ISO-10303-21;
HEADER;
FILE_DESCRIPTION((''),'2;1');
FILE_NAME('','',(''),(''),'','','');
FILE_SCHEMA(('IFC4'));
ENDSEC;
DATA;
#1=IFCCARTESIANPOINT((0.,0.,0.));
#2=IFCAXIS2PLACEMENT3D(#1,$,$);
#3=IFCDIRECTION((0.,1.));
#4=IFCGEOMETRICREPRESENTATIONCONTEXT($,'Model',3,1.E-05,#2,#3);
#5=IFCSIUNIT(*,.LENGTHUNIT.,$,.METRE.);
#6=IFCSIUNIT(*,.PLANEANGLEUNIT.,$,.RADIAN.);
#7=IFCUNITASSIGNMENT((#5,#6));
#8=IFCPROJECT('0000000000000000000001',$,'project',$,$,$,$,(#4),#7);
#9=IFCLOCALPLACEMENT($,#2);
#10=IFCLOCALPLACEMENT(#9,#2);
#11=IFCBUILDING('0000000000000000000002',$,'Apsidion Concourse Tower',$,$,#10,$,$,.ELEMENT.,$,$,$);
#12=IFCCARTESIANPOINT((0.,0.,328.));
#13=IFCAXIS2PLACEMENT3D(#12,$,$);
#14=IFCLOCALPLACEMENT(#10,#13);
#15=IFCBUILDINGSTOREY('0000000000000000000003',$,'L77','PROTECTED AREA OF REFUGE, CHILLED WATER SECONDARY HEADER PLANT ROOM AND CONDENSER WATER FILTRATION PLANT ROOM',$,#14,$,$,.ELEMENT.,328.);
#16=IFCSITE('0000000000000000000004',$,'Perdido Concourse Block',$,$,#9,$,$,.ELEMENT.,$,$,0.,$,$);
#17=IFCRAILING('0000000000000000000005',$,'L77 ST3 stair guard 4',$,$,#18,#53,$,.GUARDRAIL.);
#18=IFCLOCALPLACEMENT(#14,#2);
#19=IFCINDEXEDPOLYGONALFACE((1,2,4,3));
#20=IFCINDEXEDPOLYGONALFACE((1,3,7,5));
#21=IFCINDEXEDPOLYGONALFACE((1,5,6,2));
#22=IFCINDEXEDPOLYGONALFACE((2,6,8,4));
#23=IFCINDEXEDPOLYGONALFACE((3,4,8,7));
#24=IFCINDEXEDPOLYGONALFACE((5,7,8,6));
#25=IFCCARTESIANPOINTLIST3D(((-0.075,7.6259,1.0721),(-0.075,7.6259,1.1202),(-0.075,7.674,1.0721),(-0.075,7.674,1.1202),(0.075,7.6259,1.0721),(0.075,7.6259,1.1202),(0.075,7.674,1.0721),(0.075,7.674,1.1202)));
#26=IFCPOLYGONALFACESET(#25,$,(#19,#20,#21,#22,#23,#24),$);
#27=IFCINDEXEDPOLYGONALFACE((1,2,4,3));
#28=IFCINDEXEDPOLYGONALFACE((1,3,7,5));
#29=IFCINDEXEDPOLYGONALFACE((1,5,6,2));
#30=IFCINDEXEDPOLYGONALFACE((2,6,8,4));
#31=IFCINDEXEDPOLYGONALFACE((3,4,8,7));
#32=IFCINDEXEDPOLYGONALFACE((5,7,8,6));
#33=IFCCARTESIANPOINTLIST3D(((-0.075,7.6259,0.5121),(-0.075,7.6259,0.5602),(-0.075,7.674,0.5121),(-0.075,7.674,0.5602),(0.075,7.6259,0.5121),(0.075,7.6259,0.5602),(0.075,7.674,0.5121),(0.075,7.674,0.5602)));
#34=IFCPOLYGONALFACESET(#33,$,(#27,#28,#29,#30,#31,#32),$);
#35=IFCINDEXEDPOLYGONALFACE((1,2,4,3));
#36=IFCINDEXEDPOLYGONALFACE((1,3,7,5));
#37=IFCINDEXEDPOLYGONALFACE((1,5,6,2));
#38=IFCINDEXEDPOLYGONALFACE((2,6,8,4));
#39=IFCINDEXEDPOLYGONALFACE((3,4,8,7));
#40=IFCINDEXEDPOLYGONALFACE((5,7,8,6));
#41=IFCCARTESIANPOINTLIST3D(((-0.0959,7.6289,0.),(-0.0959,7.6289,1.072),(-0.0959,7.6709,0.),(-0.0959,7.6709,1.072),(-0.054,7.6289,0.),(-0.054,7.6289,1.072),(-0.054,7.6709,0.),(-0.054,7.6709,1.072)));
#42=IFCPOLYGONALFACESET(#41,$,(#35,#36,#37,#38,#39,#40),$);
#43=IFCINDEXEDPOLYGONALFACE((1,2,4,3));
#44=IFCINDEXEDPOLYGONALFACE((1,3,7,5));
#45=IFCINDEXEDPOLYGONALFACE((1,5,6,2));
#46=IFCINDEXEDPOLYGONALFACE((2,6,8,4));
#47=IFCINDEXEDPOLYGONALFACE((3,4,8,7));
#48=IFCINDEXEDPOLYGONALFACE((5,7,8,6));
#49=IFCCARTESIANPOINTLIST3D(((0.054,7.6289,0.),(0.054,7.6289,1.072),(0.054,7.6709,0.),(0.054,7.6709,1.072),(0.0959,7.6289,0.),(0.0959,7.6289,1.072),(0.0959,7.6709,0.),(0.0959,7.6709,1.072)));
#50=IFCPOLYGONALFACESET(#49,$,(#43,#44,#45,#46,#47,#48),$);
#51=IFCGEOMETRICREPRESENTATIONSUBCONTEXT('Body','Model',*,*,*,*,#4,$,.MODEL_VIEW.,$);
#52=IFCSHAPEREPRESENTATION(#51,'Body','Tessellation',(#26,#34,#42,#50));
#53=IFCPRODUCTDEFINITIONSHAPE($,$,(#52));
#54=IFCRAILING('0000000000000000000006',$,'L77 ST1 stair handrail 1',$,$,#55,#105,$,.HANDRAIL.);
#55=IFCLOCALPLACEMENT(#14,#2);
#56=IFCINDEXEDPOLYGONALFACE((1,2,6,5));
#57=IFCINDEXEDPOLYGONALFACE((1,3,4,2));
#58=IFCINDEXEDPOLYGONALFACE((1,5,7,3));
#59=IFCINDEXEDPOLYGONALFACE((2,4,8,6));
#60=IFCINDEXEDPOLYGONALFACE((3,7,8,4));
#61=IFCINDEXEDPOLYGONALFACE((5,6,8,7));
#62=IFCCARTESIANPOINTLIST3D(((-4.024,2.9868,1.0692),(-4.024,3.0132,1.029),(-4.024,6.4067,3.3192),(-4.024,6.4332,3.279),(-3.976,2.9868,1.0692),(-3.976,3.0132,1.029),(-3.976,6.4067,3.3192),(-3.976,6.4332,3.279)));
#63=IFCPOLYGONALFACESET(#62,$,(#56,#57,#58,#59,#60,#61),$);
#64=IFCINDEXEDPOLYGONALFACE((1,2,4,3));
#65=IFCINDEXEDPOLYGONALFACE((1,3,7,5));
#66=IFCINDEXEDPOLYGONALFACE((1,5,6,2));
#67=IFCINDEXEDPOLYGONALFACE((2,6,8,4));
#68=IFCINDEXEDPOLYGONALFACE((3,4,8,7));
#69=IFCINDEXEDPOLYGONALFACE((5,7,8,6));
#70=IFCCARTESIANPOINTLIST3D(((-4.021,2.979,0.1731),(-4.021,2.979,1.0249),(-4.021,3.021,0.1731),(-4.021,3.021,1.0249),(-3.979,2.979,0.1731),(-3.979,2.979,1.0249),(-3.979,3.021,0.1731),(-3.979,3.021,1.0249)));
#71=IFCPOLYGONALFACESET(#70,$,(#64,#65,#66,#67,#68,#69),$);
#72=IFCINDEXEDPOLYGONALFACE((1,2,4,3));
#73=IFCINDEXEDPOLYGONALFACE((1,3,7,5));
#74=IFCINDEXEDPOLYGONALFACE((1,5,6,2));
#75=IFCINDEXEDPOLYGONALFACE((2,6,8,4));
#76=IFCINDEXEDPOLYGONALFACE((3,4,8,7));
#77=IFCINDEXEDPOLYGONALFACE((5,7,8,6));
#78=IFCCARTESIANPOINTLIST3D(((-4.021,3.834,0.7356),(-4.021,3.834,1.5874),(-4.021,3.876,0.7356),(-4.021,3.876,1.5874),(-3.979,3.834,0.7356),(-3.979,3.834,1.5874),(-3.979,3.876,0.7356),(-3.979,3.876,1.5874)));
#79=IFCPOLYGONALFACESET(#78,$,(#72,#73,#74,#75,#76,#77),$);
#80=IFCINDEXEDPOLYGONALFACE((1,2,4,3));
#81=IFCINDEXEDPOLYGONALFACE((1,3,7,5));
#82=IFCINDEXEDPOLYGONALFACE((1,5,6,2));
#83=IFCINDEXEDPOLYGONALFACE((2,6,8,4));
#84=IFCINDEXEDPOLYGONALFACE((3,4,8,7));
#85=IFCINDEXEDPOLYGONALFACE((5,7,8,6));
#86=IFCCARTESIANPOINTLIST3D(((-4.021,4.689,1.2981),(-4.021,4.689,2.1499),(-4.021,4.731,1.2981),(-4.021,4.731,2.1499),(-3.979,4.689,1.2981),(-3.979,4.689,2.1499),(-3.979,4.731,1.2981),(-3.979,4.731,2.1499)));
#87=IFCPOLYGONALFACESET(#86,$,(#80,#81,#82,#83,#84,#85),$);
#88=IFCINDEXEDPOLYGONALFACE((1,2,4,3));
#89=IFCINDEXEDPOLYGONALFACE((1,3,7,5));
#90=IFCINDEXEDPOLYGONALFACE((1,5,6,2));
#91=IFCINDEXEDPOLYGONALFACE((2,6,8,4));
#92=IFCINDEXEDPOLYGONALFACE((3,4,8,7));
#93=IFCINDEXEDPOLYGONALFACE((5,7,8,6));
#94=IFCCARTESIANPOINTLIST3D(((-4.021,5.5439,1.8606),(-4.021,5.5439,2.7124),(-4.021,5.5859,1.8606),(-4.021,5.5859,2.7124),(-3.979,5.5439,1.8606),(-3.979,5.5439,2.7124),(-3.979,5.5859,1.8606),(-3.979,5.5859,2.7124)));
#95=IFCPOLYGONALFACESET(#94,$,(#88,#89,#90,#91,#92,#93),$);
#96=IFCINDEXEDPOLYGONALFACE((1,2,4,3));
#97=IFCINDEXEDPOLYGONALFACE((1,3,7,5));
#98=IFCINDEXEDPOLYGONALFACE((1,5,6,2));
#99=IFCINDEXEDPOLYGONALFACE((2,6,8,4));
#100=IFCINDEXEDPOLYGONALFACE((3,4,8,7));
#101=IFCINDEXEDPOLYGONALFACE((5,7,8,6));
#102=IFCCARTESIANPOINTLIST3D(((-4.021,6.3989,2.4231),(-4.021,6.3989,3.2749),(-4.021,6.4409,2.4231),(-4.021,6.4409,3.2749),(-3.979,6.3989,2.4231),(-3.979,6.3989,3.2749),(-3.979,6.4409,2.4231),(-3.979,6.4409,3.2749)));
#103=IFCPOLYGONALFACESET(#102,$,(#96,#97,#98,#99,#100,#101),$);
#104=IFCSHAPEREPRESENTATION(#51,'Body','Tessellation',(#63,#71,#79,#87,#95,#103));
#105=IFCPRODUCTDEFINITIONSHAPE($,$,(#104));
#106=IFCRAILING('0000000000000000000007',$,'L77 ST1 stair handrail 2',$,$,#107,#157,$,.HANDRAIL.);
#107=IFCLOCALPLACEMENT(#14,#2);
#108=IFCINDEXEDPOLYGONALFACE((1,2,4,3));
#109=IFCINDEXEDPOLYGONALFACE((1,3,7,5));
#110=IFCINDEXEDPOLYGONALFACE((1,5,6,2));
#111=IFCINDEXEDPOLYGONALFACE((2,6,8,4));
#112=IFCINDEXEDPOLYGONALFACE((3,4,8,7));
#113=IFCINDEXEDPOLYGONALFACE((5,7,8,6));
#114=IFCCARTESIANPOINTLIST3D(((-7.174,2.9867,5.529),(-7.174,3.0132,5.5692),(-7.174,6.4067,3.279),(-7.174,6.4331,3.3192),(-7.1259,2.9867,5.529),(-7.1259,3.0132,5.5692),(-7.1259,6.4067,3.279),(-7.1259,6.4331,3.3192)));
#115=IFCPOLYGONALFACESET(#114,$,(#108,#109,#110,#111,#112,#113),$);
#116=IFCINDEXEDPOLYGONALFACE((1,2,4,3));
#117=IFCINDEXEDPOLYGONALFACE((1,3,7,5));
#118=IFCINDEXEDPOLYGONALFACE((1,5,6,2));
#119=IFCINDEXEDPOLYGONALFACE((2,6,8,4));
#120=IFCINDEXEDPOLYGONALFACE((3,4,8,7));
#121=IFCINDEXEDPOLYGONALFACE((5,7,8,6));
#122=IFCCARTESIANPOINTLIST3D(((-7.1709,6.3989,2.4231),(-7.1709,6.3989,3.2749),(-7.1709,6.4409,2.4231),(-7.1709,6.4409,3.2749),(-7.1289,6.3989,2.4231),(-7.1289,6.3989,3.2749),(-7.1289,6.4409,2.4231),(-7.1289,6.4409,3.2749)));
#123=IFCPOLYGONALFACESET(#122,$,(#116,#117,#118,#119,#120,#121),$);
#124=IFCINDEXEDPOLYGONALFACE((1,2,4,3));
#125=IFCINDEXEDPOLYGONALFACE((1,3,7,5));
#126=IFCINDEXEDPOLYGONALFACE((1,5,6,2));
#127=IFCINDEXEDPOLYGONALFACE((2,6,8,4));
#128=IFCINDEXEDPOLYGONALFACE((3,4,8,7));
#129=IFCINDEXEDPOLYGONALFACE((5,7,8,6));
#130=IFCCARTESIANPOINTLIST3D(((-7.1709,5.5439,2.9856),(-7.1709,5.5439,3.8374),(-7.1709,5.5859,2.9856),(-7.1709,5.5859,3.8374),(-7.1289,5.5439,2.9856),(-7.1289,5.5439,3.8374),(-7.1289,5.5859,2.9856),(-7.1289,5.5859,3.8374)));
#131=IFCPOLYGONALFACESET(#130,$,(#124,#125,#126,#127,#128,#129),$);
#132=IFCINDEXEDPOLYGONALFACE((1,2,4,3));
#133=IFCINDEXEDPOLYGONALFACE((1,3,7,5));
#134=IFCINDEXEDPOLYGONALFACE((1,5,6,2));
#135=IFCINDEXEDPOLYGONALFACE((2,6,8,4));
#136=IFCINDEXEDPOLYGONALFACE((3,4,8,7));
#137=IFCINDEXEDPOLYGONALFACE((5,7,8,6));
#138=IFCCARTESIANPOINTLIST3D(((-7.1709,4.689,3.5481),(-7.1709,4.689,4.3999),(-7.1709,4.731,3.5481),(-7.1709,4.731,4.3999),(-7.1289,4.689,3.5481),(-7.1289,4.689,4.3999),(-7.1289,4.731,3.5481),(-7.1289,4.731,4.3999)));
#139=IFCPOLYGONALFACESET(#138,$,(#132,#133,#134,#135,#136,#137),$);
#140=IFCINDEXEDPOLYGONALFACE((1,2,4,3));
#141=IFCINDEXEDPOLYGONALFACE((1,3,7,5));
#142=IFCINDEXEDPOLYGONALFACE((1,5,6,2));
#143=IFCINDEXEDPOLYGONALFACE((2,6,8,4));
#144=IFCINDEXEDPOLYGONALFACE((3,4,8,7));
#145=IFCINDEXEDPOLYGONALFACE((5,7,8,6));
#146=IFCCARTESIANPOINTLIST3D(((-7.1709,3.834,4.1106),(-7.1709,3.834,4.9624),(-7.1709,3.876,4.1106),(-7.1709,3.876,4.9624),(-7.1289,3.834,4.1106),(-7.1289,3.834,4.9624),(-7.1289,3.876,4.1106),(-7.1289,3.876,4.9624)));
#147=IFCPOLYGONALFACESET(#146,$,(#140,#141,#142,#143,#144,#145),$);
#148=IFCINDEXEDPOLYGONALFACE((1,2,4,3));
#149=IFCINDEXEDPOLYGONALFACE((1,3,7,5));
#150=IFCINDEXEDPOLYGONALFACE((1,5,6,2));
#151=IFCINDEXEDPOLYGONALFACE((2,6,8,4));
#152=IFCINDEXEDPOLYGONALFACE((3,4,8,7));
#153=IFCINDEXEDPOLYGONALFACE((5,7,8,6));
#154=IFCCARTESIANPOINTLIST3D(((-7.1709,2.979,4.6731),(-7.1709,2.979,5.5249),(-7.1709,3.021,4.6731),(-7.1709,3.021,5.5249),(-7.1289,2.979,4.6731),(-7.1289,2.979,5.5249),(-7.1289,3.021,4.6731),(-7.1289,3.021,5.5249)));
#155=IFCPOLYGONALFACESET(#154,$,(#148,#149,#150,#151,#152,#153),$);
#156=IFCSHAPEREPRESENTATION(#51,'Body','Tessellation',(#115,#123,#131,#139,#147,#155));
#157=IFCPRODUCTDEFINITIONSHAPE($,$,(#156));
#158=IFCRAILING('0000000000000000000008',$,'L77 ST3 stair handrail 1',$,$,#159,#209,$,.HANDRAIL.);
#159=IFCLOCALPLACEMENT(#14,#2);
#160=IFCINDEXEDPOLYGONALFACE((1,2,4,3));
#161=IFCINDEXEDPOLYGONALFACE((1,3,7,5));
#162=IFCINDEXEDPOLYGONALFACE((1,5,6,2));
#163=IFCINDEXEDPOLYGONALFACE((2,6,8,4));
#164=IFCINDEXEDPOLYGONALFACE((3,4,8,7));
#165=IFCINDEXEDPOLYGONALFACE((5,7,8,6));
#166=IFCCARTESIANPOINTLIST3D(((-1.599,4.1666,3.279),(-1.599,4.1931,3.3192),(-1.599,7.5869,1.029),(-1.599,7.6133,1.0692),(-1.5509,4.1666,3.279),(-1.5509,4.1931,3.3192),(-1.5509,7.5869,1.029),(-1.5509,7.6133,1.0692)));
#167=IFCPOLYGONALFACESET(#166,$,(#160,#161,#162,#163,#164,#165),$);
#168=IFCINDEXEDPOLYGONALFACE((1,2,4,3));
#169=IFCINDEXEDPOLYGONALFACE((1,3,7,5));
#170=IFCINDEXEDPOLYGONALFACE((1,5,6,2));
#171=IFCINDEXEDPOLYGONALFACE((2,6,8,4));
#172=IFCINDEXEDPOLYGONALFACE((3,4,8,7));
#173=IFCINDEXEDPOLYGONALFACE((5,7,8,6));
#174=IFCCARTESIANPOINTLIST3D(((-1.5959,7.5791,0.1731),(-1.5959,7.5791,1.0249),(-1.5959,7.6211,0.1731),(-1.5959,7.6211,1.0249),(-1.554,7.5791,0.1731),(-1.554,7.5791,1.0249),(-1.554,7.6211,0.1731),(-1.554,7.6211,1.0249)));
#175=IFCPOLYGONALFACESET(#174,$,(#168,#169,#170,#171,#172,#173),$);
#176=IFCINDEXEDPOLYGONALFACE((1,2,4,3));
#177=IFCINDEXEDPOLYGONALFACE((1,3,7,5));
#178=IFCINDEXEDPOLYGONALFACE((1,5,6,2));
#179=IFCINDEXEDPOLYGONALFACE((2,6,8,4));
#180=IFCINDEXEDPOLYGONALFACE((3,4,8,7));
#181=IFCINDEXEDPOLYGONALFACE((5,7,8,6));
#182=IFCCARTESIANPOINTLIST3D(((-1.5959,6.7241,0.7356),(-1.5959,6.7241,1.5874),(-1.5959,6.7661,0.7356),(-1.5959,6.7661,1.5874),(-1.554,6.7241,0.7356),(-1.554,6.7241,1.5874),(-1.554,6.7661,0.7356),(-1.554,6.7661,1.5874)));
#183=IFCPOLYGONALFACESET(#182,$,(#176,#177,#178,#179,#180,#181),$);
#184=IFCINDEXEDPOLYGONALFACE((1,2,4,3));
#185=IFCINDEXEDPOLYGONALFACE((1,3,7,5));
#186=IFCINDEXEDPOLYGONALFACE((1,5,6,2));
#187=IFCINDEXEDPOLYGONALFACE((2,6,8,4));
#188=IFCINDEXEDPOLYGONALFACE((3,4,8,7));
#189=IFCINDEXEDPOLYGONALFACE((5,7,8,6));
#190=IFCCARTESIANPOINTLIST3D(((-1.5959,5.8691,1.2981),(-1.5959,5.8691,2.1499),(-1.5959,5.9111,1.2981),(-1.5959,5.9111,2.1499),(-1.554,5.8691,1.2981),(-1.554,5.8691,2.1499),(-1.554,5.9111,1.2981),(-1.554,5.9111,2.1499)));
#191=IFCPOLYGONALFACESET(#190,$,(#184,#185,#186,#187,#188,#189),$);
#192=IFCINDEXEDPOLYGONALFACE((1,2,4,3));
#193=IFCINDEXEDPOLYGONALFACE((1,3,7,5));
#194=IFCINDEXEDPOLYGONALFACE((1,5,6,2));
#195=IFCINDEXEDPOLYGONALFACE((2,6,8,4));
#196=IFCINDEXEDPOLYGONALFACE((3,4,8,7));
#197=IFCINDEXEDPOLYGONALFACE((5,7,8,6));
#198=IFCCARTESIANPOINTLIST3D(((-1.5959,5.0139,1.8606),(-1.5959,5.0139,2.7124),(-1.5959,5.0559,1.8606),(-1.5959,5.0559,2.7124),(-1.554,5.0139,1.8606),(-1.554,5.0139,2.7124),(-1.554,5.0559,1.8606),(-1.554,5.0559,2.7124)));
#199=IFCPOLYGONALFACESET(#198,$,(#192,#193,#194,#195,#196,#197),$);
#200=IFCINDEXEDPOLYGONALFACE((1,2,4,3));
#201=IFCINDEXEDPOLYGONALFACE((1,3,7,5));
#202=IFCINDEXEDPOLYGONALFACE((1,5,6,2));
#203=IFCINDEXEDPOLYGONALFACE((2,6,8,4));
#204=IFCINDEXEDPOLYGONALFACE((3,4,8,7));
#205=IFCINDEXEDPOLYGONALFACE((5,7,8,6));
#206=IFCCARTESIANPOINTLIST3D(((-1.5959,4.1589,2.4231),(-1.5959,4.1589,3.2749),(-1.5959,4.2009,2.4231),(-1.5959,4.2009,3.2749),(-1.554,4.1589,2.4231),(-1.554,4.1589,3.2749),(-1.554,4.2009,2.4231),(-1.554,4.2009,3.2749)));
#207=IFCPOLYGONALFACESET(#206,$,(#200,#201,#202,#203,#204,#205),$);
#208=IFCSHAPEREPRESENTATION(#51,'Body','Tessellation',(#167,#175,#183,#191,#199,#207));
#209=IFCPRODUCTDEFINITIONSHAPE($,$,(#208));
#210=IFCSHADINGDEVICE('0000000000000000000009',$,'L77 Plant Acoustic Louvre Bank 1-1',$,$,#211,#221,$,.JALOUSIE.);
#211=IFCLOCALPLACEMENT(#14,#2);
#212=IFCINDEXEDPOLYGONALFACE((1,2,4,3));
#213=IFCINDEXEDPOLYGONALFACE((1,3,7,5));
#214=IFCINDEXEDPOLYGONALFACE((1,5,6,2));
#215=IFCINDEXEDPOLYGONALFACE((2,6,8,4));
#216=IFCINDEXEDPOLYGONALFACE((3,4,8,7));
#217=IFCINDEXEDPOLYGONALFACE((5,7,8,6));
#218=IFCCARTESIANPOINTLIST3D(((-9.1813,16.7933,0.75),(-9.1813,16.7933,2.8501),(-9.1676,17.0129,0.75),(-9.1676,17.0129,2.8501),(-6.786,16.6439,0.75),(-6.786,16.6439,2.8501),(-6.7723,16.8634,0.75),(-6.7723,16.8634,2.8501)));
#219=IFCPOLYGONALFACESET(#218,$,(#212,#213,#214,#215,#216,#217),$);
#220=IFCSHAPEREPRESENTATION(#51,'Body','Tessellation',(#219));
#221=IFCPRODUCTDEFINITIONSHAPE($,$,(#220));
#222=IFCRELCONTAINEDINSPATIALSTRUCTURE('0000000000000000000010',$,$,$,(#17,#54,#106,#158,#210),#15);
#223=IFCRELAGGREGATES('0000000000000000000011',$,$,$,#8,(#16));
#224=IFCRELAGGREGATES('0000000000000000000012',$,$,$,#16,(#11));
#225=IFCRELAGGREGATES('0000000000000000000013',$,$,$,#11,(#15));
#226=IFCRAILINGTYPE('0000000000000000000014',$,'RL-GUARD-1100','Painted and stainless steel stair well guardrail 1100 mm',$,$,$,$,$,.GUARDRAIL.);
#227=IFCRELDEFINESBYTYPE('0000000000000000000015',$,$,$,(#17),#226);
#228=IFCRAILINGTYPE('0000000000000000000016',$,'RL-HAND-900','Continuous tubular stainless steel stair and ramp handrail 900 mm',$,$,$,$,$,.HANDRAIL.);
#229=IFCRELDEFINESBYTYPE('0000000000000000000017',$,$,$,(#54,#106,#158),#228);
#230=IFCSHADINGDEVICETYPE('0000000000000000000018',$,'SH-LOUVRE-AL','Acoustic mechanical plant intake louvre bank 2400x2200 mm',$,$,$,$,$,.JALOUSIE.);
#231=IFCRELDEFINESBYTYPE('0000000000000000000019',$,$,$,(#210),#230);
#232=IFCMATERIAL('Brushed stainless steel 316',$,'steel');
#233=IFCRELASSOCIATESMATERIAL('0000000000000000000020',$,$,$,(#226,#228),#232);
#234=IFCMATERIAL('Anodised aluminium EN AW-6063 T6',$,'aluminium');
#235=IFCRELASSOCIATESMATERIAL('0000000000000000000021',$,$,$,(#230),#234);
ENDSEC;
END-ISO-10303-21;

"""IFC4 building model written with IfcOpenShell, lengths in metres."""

from ifc_helpers import new_model, si_unit, direction, frame, origin, origin_2d, place, context, subcontext, project, spatial, rectangle, extrude, material, type_object, element, save


model = new_model("IFC4")

# Units and contexts
model_context = context("Model", 3, precision=1e-05, world=origin(), true_north=direction((0.0, 1.0)))
body_context = subcontext(model_context, "Body", "Model", "MODEL_VIEW")
ifc_project = project(units=[si_unit("LENGTHUNIT", "METRE"), si_unit("PLANEANGLEUNIT", "RADIAN")], contexts=[model_context])

# Site, building, storey
site_placement = place(None, origin())
site = spatial("IfcSite", under=ifc_project, at=site_placement, Name="Perdido Concourse Block", CompositionType="ELEMENT", RefElevation=0.0)
building_placement = place(site_placement, origin())
building = spatial("IfcBuilding", under=site, at=building_placement, Name="Apsidion Concourse Tower", CompositionType="ELEMENT")
storey_placement = place(building_placement, frame((0.0, 0.0, 328.0)))
storey = spatial("IfcBuildingStorey", under=building, at=storey_placement, Name="L77", Description="PROTECTED AREA OF REFUGE, CHILLED WATER SECONDARY HEADER PLANT ROOM AND CONDENSER WATER FILTRATION PLANT ROOM", CompositionType="ELEMENT", Elevation=328.0)

# Shared definitions
ifc_material_1 = material(Name="Brushed stainless steel 316", Category="steel")

# Railings
railing_type_1 = type_object("IfcRailingType", Name="RL-GUARD-1100", Description="Painted and stainless steel stair well guardrail 1100 mm", PredefinedType="GUARDRAIL", material=ifc_material_1)
for number, where, name in (
    (1, (-0.075, 7.6499, 0.0), "L77 ST3 stair guard 4"),
):
    element("IfcRailing", number, at=place(storey_placement, frame(where)), inside=storey, type_object=railing_type_1, Name=name, PredefinedType="GUARDRAIL", context=body_context, shape_type="SweptSolid", body=[
        extrude(rectangle(XDim=0.0481, YDim=0.0481, at=origin_2d()), frame((0.0, 0.0, 1.0962), z_axis=(1.0, 0.0, 0.0), x_axis=(0.0, 1.0, 0.0)), (0.0, 0.0, 1.0), 0.1499),
        extrude(rectangle(XDim=0.0481, YDim=0.0481, at=origin_2d()), frame((0.0, 0.0, 0.5361), z_axis=(1.0, 0.0, 0.0), x_axis=(0.0, 1.0, 0.0)), (0.0, 0.0, 1.0), 0.1499),
        extrude(rectangle(XDim=0.042, YDim=0.042, at=origin_2d()), origin(), (0.0, 0.0, 1.0), 1.072),
        extrude(rectangle(XDim=0.042, YDim=0.042, at=origin_2d()), frame((0.1499, 0.0, 0.0)), (0.0, 0.0, 1.0), 1.072),
    ])
railing_type_2 = type_object("IfcRailingType", Name="RL-HAND-900", Description="Continuous tubular stainless steel stair and ramp handrail 900 mm", PredefinedType="HANDRAIL", material=ifc_material_1)
railing_1_placement = place(storey_placement, frame((-4.0, 3.0, 0.1731)))
element("IfcRailing", 2, at=railing_1_placement, inside=storey, type_object=railing_type_2, Name="L77 ST1 stair handrail 1", PredefinedType="HANDRAIL", context=body_context, shape_type="SweptSolid", body=[
    extrude(rectangle(XDim=0.0481, YDim=0.0481, at=origin_2d()), frame((0.0, 0.0, 0.876), z_axis=(0.0, 0.835411, 0.549625), x_axis=(-1.0, 0.0, 0.0)), (0.0, 0.0, 1.0), 4.0938),
    extrude(rectangle(XDim=0.042, YDim=0.042, at=origin_2d()), origin(), (0.0, 0.0, 1.0), 0.8518),
    extrude(rectangle(XDim=0.042, YDim=0.042, at=origin_2d()), frame((0.0, 0.855, 0.5625)), (0.0, 0.0, 1.0), 0.8518),
    extrude(rectangle(XDim=0.042, YDim=0.042, at=origin_2d()), frame((0.0, 1.71, 1.125)), (0.0, 0.0, 1.0), 0.8518),
    extrude(rectangle(XDim=0.042, YDim=0.042, at=origin_2d()), frame((0.0, 2.5649, 1.6875)), (0.0, 0.0, 1.0), 0.8518),
    extrude(rectangle(XDim=0.042, YDim=0.042, at=origin_2d()), frame((0.0, 3.4199, 2.25)), (0.0, 0.0, 1.0), 0.8518),
])
railing_2_placement = place(storey_placement, frame((-7.1499, 6.4199, 2.4231)))
element("IfcRailing", 3, at=railing_2_placement, inside=storey, type_object=railing_type_2, Name="L77 ST1 stair handrail 2", PredefinedType="HANDRAIL", context=body_context, shape_type="SweptSolid", body=[
    extrude(rectangle(XDim=0.0481, YDim=0.0481, at=origin_2d()), frame((0.0, 0.0, 0.876), z_axis=(0.0, -0.835411, 0.549625), x_axis=(1.0, 0.0, 0.0)), (0.0, 0.0, 1.0), 4.0938),
    extrude(rectangle(XDim=0.042, YDim=0.042, at=origin_2d()), origin(), (0.0, 0.0, 1.0), 0.8518),
    extrude(rectangle(XDim=0.042, YDim=0.042, at=origin_2d()), frame((0.0, -0.855, 0.5625)), (0.0, 0.0, 1.0), 0.8518),
    extrude(rectangle(XDim=0.042, YDim=0.042, at=origin_2d()), frame((0.0, -1.71, 1.125)), (0.0, 0.0, 1.0), 0.8518),
    extrude(rectangle(XDim=0.042, YDim=0.042, at=origin_2d()), frame((0.0, -2.5649, 1.6875)), (0.0, 0.0, 1.0), 0.8518),
    extrude(rectangle(XDim=0.042, YDim=0.042, at=origin_2d()), frame((0.0, -3.4199, 2.25)), (0.0, 0.0, 1.0), 0.8518),
])
railing_3_placement = place(storey_placement, frame((-1.575, 7.6001, 0.1731)))
element("IfcRailing", 4, at=railing_3_placement, inside=storey, type_object=railing_type_2, Name="L77 ST3 stair handrail 1", PredefinedType="HANDRAIL", context=body_context, shape_type="SweptSolid", body=[
    extrude(rectangle(XDim=0.0481, YDim=0.0481, at=origin_2d()), frame((0.0, 0.0, 0.876), z_axis=(0.0, -0.835429, 0.549598), x_axis=(1.0, 0.0, 0.0)), (0.0, 0.0, 1.0), 4.094),
    extrude(rectangle(XDim=0.042, YDim=0.042, at=origin_2d()), origin(), (0.0, 0.0, 1.0), 0.8518),
    extrude(rectangle(XDim=0.042, YDim=0.042, at=origin_2d()), frame((0.0, -0.855, 0.5625)), (0.0, 0.0, 1.0), 0.8518),
    extrude(rectangle(XDim=0.042, YDim=0.042, at=origin_2d()), frame((0.0, -1.71, 1.125)), (0.0, 0.0, 1.0), 0.8518),
    extrude(rectangle(XDim=0.042, YDim=0.042, at=origin_2d()), frame((0.0, -2.5652, 1.6875)), (0.0, 0.0, 1.0), 0.8518),
    extrude(rectangle(XDim=0.042, YDim=0.042, at=origin_2d()), frame((0.0, -3.4202, 2.25)), (0.0, 0.0, 1.0), 0.8518),
])

# Shading device
ifc_material_2 = material(Name="Anodised aluminium EN AW-6063 T6", Category="aluminium")
shading_device_type = type_object("IfcShadingDeviceType", Name="SH-LOUVRE-AL", Description="Acoustic mechanical plant intake louvre bank 2400x2200 mm", PredefinedType="JALOUSIE", material=ifc_material_2)
shading_device_placement = place(storey_placement, frame((-7.9768, 16.8284, 0.75), z_axis=(0.0, 0.0, 1.0), x_axis=(0.998059, -0.062268, 0.0)))
element("IfcShadingDevice", 5, at=shading_device_placement, inside=storey, type_object=shading_device_type, Name="L77 Plant Acoustic Louvre Bank 1-1", PredefinedType="JALOUSIE", context=body_context, shape_type="SweptSolid", body=[
    extrude(rectangle(XDim=2.3999, YDim=0.22, at=origin_2d()), origin(), (0.0, 0.0, 1.0), 2.1001),
])

save(model, "model.ifc")
